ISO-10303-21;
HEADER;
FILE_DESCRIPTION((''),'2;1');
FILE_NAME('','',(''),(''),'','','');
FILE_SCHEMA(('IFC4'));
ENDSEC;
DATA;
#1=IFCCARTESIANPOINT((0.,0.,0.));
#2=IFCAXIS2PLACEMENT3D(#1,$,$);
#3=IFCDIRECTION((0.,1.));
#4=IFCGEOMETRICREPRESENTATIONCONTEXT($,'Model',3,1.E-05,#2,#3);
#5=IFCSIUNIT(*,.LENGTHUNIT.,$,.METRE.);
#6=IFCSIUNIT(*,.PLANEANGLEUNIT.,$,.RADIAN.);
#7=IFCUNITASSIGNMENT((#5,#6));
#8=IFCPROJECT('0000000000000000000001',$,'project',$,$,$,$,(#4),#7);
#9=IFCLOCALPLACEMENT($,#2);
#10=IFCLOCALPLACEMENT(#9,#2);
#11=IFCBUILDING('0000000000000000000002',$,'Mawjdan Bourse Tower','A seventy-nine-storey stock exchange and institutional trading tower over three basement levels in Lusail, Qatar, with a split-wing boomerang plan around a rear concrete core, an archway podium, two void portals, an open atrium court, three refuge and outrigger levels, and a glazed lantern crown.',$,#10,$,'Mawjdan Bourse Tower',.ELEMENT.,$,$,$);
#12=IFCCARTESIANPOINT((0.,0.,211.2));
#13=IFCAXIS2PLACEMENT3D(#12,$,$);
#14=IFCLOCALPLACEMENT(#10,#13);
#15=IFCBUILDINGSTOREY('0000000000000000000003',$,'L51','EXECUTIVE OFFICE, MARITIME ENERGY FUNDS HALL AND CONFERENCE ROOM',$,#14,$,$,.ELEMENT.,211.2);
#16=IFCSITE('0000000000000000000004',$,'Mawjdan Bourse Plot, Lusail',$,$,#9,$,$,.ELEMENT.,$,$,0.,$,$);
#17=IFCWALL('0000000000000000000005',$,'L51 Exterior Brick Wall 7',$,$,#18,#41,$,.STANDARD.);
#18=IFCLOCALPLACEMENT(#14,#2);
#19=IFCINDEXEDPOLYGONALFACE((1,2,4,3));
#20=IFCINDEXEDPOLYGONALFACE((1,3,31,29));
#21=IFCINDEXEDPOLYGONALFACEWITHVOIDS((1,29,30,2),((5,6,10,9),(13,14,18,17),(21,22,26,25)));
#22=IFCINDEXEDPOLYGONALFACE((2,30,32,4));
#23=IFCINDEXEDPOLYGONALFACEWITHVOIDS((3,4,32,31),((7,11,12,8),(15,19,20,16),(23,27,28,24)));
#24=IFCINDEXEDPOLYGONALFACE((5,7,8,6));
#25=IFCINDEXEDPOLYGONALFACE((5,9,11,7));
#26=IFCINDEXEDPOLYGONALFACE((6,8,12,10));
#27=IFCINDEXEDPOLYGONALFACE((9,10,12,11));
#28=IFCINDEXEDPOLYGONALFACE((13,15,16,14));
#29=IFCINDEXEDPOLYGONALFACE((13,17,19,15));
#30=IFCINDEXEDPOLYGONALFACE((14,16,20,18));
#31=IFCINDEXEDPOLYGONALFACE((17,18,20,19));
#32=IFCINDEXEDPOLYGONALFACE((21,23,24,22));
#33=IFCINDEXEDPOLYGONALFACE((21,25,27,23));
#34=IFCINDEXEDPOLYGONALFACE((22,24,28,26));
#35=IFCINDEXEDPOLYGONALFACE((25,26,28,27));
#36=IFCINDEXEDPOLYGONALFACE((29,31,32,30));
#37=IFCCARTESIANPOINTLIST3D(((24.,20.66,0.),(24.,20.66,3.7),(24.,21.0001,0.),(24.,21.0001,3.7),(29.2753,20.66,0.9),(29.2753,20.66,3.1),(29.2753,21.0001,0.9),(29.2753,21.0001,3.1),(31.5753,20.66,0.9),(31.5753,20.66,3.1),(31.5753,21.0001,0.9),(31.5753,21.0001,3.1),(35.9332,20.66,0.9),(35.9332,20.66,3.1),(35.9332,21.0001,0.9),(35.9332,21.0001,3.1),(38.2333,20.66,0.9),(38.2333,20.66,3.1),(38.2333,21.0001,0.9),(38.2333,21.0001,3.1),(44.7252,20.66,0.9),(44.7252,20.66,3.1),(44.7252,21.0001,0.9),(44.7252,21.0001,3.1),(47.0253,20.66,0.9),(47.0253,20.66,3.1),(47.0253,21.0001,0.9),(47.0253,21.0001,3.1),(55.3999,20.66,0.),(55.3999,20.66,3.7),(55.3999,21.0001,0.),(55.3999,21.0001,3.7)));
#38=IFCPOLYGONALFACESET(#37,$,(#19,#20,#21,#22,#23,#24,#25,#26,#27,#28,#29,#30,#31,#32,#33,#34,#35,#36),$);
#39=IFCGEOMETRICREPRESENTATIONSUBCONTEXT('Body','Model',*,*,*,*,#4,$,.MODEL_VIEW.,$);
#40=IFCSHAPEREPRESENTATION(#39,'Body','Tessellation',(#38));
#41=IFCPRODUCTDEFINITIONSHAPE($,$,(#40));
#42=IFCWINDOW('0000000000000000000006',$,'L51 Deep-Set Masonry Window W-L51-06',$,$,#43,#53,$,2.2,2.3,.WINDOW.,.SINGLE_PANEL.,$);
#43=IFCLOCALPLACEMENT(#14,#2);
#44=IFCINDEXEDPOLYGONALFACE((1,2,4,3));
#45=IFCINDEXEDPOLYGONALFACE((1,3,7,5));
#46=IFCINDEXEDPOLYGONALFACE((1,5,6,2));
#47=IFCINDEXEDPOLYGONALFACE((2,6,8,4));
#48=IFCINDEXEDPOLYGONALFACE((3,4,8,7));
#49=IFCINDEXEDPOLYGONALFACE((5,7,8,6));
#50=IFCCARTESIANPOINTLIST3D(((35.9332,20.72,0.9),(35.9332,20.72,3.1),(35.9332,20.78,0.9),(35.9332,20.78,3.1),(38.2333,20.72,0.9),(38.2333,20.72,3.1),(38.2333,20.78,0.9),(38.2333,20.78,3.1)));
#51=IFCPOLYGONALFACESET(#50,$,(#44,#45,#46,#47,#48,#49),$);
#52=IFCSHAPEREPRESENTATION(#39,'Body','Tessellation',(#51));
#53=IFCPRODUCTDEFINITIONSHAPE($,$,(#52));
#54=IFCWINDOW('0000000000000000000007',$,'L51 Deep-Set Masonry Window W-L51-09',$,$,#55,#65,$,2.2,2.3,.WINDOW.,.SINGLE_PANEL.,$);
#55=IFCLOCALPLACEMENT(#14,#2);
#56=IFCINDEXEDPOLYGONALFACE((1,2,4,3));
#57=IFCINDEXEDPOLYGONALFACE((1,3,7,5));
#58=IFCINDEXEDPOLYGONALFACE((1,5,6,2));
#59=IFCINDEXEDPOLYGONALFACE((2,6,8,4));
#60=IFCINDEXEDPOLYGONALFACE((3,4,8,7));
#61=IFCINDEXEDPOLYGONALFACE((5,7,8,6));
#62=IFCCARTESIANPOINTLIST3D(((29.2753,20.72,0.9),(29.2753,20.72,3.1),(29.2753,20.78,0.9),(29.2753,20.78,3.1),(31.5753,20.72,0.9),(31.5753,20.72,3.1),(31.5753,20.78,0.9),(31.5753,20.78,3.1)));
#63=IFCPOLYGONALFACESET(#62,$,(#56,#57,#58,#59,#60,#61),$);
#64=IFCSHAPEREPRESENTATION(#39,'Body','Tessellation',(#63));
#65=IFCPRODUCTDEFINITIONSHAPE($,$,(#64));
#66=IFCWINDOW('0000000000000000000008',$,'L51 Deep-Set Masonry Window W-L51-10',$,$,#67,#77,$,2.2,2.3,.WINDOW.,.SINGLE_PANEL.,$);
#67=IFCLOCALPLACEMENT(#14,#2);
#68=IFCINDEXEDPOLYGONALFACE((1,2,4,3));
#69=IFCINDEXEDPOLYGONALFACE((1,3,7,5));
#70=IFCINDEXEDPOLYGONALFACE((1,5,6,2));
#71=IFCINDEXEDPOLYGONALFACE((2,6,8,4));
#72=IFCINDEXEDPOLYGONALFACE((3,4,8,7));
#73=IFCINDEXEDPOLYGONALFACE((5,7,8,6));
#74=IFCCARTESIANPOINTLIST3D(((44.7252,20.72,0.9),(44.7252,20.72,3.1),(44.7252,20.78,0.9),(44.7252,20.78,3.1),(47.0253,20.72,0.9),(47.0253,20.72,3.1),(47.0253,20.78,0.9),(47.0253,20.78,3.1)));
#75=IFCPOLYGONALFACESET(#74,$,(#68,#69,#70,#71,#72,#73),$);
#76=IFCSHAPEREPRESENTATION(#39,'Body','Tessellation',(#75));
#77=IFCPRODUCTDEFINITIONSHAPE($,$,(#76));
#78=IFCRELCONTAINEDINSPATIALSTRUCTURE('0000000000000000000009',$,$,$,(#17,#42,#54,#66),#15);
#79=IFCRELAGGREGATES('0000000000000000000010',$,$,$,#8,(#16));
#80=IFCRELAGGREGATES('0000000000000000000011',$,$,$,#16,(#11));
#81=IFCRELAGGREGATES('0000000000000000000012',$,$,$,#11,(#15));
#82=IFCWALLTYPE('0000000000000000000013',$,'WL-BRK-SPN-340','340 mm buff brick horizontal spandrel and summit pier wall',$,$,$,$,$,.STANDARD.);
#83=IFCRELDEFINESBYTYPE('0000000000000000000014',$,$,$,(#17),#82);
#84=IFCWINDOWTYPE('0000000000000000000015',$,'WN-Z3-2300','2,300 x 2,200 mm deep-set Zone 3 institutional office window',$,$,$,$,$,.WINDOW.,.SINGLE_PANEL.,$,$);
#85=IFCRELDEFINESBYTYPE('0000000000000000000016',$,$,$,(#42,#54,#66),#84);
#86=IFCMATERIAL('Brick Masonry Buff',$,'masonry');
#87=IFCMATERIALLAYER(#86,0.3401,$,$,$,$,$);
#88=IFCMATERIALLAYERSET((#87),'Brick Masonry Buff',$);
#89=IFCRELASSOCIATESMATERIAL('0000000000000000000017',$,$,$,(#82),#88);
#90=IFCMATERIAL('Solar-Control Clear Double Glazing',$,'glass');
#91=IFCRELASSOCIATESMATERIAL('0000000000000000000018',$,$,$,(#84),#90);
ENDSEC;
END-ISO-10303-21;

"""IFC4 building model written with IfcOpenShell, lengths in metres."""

from ifc_helpers import new_model, si_unit, direction, frame, frame_2d, origin, place, context, subcontext, project, spatial, rectangle, extrude, material, layer, layer_set, type_object, element, fill, save


model = new_model("IFC4")

# Units and contexts
model_context = context("Model", 3, precision=1e-05, world=origin(), true_north=direction((0.0, 1.0)))
body_context = subcontext(model_context, "Body", "Model", "MODEL_VIEW")
ifc_project = project(units=[si_unit("LENGTHUNIT", "METRE"), si_unit("PLANEANGLEUNIT", "RADIAN")], contexts=[model_context])

# Site, building, storey
site_placement = place(None, origin())
site = spatial("IfcSite", under=ifc_project, at=site_placement, Name="Mawjdan Bourse Plot, Lusail", CompositionType="ELEMENT", RefElevation=0.0)
building_placement = place(site_placement, origin())
building = spatial("IfcBuilding", under=site, at=building_placement, Name="Mawjdan Bourse Tower", Description="A seventy-nine-storey stock exchange and institutional trading tower over three basement levels in Lusail, Qatar, with a split-wing boomerang plan around a rear concrete core, an archway podium, two void portals, an open atrium court, three refuge and outrigger levels, and a glazed lantern crown.", LongName="Mawjdan Bourse Tower", CompositionType="ELEMENT")
storey_placement = place(building_placement, frame((0.0, 0.0, 211.2)))
storey = spatial("IfcBuildingStorey", under=building, at=storey_placement, Name="L51", Description="EXECUTIVE OFFICE, MARITIME ENERGY FUNDS HALL AND CONFERENCE ROOM", CompositionType="ELEMENT", Elevation=211.2)

# Shared definitions
ifc_material_1 = material(Name="Brick Masonry Buff", Category="masonry")
ifc_layer = layer(ifc_material_1, 0.3401)
ifc_layer_set = layer_set([ifc_layer], Name="Brick Masonry Buff")
wall_type = type_object("IfcWallType", Name="WL-BRK-SPN-340", Description="340 mm buff brick horizontal spandrel and summit pier wall", PredefinedType="STANDARD", material=ifc_layer_set)

# Wall, openings, windows
wall_placement = place(storey_placement, frame((55.3999, 20.8301, 0.0), z_axis=(0.0, 0.0, 1.0), x_axis=(-1.0, 0.0, 0.0)))
wall = element("IfcWall", 1, at=wall_placement, inside=storey, type_object=wall_type, Name="L51 Exterior Brick Wall 7", PredefinedType="STANDARD", context=body_context, shape_type="SweptSolid", body=[
    extrude(rectangle(XDim=31.3999, YDim=0.3401, at=frame_2d((15.7, 0.0))), origin(), (0.0, 0.0, 1.0), 3.7),
])
opening_1_placement = place(wall_placement, frame((17.1667, 0.0, 0.8999)))
opening_1 = element("IfcOpeningElement", 2, at=opening_1_placement, cuts=wall, PredefinedType="OPENING", context=body_context, shape_type="SweptSolid", body=[
    extrude(rectangle(XDim=2.3, YDim=2.2, at=frame_2d((1.1499, 1.1001))), frame((0.0, 0.1802, 0.0), z_axis=(0.0, -1.0, 0.0), x_axis=(1.0, 0.0, 0.0)), (0.0, 0.0, 1.0), 0.3601),
])
opening_2_placement = place(wall_placement, frame((23.8247, 0.0, 0.8999)))
opening_2 = element("IfcOpeningElement", 3, at=opening_2_placement, cuts=wall, PredefinedType="OPENING", context=body_context, shape_type="SweptSolid", body=[
    extrude(rectangle(XDim=2.3, YDim=2.2, at=frame_2d((1.1499, 1.1001))), frame((0.0, 0.1802, 0.0), z_axis=(0.0, -1.0, 0.0), x_axis=(1.0, 0.0, 0.0)), (0.0, 0.0, 1.0), 0.3601),
])
opening_3_placement = place(wall_placement, frame((8.3748, 0.0, 0.8999)))
opening_3 = element("IfcOpeningElement", 4, at=opening_3_placement, cuts=wall, PredefinedType="OPENING", context=body_context, shape_type="SweptSolid", body=[
    extrude(rectangle(XDim=2.3, YDim=2.2, at=frame_2d((1.1499, 1.1001))), frame((0.0, 0.1802, 0.0), z_axis=(0.0, -1.0, 0.0), x_axis=(1.0, 0.0, 0.0)), (0.0, 0.0, 1.0), 0.3601),
])
ifc_material_2 = material(Name="Solar-Control Clear Double Glazing", Category="glass")
window_type = type_object("IfcWindowType", Name="WN-Z3-2300", Description="2,300 x 2,200 mm deep-set Zone 3 institutional office window", PartitioningType="SINGLE_PANEL", PredefinedType="WINDOW", material=ifc_material_2)
window_1_placement = place(opening_1_placement, origin())
window_1 = element("IfcWindow", 5, at=window_1_placement, inside=storey, type_object=window_type, Name="L51 Deep-Set Masonry Window W-L51-06", OverallHeight=2.2, OverallWidth=2.3, PartitioningType="SINGLE_PANEL", PredefinedType="WINDOW", context=body_context, shape_type="SweptSolid", body=[
    extrude(rectangle(XDim=2.3, YDim=2.2, at=frame_2d((1.1499, 1.1001))), frame((0.0, 0.1101, 0.0), z_axis=(0.0, -1.0, 0.0), x_axis=(1.0, 0.0, 0.0)), (0.0, 0.0, 1.0), 0.0601),
])
fill(opening_1, window_1)
window_2_placement = place(opening_2_placement, origin())
window_2 = element("IfcWindow", 6, at=window_2_placement, inside=storey, type_object=window_type, Name="L51 Deep-Set Masonry Window W-L51-09", OverallHeight=2.2, OverallWidth=2.3, PartitioningType="SINGLE_PANEL", PredefinedType="WINDOW", context=body_context, shape_type="SweptSolid", body=[
    extrude(rectangle(XDim=2.3, YDim=2.2, at=frame_2d((1.1499, 1.1001))), frame((0.0, 0.1101, 0.0), z_axis=(0.0, -1.0, 0.0), x_axis=(1.0, 0.0, 0.0)), (0.0, 0.0, 1.0), 0.0601),
])
fill(opening_2, window_2)
window_3_placement = place(opening_3_placement, origin())
window_3 = element("IfcWindow", 7, at=window_3_placement, inside=storey, type_object=window_type, Name="L51 Deep-Set Masonry Window W-L51-10", OverallHeight=2.2, OverallWidth=2.3, PartitioningType="SINGLE_PANEL", PredefinedType="WINDOW", context=body_context, shape_type="SweptSolid", body=[
    extrude(rectangle(XDim=2.3, YDim=2.2, at=frame_2d((1.1499, 1.1001))), frame((0.0, 0.1101, 0.0), z_axis=(0.0, -1.0, 0.0), x_axis=(1.0, 0.0, 0.0)), (0.0, 0.0, 1.0), 0.0601),
])
fill(opening_3, window_3)

save(model, "model.ifc")
